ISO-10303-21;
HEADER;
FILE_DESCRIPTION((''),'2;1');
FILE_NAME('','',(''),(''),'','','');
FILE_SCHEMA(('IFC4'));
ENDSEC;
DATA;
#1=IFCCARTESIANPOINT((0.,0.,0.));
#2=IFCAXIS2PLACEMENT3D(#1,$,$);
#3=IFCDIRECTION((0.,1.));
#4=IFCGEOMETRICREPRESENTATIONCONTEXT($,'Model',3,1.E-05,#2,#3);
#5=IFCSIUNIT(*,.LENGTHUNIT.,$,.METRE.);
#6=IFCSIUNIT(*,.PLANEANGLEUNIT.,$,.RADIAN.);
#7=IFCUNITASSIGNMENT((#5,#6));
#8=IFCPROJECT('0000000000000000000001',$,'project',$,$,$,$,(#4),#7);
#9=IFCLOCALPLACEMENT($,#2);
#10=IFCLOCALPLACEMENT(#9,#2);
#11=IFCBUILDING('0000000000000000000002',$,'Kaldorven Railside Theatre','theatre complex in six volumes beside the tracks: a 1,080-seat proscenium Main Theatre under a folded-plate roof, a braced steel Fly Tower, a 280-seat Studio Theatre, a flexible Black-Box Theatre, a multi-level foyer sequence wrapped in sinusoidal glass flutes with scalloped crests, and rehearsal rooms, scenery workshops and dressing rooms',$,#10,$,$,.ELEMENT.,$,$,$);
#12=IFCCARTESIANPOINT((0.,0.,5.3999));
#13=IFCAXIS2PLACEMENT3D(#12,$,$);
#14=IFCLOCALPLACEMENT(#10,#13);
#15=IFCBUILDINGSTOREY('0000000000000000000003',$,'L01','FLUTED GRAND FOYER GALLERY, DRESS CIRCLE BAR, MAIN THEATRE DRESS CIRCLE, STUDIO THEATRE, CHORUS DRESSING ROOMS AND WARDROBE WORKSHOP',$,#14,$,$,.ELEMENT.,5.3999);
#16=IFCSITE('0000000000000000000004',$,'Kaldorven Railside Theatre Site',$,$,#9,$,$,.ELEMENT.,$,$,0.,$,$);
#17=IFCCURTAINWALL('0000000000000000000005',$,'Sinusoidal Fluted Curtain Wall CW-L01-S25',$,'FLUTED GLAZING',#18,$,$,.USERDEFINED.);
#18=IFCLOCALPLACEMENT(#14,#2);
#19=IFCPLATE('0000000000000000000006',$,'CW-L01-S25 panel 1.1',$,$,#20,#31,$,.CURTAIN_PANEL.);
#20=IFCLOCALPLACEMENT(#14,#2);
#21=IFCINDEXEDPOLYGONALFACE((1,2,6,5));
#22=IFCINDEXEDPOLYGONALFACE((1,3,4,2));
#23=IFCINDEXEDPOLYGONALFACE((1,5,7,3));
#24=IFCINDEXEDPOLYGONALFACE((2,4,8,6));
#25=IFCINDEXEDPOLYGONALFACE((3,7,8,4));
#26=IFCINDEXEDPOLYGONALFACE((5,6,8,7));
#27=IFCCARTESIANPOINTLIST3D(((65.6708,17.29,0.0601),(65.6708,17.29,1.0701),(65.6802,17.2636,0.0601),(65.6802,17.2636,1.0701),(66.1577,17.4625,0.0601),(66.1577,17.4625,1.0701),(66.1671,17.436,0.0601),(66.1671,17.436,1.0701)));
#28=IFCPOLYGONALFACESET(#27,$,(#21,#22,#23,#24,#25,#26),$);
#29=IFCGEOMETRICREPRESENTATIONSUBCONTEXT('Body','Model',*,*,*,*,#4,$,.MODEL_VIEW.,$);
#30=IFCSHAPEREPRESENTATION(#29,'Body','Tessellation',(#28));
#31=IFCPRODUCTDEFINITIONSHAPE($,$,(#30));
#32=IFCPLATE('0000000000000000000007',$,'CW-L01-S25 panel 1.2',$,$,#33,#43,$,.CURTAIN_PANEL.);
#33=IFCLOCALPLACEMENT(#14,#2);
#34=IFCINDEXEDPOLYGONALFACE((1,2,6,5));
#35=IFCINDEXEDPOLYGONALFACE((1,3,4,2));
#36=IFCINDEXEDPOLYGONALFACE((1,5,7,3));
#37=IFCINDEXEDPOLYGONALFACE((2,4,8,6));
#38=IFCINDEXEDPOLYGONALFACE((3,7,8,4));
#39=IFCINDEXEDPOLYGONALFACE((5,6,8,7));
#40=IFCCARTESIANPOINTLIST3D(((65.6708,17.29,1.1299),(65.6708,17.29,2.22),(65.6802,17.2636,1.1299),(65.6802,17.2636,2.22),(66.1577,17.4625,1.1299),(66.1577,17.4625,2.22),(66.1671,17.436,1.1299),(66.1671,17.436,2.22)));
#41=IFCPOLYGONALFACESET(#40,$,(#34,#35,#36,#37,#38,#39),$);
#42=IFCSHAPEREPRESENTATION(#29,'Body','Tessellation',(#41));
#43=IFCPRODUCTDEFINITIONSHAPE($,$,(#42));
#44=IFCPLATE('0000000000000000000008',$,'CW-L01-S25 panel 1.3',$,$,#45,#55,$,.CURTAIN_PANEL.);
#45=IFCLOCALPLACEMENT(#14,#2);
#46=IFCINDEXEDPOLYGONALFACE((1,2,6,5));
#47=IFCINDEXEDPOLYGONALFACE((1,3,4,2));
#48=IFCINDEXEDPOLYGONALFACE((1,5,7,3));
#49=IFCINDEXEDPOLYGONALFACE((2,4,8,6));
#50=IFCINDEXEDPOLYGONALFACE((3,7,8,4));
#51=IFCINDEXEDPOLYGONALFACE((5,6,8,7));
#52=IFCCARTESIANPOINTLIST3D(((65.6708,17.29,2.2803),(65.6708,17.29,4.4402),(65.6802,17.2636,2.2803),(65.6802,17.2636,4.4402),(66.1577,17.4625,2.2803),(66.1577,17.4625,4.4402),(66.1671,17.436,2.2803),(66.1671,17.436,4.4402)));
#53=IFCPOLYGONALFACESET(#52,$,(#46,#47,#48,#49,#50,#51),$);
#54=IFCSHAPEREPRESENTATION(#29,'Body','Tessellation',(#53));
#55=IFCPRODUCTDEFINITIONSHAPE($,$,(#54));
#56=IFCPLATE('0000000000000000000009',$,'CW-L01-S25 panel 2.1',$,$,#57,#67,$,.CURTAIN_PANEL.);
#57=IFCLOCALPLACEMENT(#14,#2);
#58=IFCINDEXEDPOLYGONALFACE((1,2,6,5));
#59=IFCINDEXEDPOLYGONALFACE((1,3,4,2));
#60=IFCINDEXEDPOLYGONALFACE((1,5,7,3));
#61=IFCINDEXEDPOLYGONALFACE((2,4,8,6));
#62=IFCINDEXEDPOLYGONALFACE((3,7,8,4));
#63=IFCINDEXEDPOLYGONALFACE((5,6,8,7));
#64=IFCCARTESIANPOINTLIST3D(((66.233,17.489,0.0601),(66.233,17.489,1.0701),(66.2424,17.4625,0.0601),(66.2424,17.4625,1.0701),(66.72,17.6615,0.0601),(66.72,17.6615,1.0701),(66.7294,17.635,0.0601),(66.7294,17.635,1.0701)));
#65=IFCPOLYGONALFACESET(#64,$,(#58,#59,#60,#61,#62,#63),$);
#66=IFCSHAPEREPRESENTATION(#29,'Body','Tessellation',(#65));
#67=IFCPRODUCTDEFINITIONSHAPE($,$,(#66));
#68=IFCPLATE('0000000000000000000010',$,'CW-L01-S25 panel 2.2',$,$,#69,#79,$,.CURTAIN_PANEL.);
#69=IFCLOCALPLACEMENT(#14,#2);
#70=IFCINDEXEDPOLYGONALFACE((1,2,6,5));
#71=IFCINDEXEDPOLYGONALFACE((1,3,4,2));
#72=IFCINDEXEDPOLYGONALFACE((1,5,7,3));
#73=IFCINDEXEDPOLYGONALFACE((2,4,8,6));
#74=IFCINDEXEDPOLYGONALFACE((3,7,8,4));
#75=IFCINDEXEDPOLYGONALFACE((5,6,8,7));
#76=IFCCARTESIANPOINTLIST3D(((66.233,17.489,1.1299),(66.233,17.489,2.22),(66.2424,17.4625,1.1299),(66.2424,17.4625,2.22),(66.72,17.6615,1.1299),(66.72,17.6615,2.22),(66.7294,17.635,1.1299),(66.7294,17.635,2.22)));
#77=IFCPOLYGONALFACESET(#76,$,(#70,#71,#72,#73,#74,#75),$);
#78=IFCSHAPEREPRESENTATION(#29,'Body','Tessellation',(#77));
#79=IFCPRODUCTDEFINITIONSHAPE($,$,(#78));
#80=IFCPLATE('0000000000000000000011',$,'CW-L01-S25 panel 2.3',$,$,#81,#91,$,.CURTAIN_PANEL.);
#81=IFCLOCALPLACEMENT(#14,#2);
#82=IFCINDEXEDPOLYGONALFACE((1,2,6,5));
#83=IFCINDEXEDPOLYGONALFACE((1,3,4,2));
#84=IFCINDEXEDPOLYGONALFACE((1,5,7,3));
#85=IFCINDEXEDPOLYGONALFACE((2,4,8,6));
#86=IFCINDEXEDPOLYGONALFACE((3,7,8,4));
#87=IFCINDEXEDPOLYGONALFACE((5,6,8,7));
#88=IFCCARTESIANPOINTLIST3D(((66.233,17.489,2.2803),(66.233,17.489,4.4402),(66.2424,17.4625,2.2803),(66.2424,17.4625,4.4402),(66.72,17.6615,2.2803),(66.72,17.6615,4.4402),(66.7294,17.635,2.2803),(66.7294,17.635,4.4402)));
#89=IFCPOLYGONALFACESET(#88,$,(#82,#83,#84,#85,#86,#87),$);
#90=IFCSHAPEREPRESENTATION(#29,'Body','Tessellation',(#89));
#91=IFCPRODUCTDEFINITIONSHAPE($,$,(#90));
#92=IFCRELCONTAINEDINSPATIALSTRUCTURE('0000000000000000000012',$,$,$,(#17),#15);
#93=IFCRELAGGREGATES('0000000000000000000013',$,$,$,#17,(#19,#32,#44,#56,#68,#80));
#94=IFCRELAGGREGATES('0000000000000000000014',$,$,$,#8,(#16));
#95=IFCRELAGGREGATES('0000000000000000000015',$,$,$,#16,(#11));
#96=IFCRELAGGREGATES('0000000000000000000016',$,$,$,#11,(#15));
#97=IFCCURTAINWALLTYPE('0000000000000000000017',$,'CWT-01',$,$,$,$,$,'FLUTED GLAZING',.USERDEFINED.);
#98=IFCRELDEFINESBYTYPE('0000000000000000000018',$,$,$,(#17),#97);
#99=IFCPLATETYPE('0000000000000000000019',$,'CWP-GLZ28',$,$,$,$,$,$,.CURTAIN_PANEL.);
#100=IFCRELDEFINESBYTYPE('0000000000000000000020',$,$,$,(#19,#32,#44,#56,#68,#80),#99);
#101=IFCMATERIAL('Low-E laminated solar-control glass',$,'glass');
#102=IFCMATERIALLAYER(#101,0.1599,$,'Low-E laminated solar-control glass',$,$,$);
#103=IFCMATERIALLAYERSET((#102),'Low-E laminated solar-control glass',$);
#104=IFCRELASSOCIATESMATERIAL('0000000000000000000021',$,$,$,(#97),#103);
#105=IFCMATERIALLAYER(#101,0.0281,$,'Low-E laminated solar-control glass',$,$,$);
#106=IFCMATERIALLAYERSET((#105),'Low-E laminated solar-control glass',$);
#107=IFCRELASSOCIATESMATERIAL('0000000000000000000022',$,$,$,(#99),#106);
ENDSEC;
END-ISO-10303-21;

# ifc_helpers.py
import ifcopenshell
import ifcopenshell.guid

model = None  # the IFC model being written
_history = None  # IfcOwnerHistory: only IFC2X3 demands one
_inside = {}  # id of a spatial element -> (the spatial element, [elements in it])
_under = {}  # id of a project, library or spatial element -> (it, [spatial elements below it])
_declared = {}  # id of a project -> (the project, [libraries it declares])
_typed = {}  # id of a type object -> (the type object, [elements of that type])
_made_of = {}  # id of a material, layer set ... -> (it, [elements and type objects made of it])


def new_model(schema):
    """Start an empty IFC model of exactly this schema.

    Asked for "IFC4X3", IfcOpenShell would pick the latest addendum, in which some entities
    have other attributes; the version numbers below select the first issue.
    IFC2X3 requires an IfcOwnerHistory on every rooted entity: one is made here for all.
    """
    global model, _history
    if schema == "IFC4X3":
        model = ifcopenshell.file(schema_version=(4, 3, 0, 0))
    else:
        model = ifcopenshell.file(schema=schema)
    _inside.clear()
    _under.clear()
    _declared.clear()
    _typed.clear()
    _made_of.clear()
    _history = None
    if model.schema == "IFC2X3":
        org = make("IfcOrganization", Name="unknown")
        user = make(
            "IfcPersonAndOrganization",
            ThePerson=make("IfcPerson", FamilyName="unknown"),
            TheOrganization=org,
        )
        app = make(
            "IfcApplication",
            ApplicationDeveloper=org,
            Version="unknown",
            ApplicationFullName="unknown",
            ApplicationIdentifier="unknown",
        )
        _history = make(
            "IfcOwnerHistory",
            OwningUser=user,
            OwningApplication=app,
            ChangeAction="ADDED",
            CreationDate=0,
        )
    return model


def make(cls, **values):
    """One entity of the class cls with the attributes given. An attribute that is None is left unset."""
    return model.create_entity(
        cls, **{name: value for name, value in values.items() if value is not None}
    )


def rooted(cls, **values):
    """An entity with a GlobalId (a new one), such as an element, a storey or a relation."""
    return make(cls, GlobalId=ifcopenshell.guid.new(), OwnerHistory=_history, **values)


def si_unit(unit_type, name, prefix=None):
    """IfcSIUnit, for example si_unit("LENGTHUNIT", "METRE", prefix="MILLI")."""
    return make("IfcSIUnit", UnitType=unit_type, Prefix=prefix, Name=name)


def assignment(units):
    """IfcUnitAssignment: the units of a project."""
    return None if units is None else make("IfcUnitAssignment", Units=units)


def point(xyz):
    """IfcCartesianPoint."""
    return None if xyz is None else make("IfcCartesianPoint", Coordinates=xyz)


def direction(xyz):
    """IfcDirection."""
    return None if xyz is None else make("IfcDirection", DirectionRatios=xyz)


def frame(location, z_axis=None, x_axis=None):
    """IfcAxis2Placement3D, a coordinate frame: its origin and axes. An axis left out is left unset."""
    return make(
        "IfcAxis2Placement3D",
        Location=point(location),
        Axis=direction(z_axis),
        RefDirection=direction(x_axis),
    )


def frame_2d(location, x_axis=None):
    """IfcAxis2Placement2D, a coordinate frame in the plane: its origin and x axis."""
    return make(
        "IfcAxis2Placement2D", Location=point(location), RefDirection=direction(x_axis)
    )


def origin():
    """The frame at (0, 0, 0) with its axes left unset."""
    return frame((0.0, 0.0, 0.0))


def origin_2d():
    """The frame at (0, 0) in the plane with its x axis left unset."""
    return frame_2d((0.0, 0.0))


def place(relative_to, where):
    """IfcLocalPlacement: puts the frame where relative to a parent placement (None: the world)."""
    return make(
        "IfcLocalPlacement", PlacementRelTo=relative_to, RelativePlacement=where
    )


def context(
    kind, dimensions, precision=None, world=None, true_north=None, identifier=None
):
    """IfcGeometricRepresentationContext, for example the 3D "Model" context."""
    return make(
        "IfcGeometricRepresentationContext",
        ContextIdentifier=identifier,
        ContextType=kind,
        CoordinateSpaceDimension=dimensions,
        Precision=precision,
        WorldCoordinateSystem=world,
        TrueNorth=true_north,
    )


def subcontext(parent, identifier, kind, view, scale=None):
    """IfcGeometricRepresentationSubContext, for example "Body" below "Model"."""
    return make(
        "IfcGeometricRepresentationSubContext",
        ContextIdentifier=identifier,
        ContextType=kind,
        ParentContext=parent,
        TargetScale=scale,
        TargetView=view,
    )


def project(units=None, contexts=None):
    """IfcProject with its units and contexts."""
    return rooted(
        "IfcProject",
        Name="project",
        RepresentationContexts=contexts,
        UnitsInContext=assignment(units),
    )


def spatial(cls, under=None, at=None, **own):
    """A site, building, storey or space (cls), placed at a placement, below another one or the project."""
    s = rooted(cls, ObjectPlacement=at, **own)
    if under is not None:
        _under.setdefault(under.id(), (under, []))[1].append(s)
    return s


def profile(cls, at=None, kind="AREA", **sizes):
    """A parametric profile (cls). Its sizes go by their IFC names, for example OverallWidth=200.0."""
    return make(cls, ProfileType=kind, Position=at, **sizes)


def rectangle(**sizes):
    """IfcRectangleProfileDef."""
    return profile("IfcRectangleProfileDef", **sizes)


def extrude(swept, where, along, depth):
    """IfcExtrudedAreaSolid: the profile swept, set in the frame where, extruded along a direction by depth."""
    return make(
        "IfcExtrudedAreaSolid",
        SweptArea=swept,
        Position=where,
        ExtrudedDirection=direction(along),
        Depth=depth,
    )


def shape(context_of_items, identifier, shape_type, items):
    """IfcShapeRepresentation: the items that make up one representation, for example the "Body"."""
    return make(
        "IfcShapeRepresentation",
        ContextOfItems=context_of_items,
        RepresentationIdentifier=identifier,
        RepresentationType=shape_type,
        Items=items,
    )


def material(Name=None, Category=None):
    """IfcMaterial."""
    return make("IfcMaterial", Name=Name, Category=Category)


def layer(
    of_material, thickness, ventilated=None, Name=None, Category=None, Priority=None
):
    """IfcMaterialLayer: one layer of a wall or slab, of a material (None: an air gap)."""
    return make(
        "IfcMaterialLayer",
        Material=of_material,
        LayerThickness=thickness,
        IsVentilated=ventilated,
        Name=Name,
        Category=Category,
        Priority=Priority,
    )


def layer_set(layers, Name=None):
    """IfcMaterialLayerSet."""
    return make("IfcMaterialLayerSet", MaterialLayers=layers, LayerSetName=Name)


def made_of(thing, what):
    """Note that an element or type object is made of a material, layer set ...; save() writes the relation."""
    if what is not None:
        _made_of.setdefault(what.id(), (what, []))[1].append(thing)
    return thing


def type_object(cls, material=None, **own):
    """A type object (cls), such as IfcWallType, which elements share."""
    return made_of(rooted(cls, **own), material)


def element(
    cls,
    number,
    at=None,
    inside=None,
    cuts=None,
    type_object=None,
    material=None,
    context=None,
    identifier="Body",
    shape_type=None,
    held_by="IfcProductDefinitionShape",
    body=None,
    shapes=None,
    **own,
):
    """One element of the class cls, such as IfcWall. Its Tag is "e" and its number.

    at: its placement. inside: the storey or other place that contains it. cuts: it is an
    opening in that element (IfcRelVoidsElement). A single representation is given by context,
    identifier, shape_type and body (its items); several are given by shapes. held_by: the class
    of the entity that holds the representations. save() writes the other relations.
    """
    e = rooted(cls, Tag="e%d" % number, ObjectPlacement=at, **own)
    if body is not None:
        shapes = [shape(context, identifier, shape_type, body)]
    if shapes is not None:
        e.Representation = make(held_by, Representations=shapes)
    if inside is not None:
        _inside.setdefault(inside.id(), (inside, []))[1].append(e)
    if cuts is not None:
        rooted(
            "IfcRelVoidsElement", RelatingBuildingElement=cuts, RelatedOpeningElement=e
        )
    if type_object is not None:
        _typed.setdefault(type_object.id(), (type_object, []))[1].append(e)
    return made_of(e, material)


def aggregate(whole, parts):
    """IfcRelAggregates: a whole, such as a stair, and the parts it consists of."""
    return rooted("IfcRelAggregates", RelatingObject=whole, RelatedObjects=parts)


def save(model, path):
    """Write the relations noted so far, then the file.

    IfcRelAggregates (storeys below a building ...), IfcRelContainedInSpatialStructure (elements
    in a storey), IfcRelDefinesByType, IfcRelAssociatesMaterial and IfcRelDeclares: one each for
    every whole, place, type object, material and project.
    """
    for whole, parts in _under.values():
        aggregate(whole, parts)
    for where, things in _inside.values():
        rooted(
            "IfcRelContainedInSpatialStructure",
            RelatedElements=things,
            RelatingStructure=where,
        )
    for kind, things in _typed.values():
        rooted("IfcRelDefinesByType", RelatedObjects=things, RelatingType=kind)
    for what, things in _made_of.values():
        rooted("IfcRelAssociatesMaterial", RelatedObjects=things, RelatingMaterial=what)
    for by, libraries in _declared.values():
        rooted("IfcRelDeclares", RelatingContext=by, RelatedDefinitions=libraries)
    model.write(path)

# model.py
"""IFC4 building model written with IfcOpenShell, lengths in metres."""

from ifc_helpers import new_model, si_unit, direction, frame, origin, origin_2d, place, context, subcontext, project, spatial, rectangle, extrude, material, layer, layer_set, type_object, element, aggregate, save


model = new_model("IFC4")

# Units and contexts
model_context = context("Model", 3, precision=1e-05, world=origin(), true_north=direction((0.0, 1.0)))
body_context = subcontext(model_context, "Body", "Model", "MODEL_VIEW")
ifc_project = project(units=[si_unit("LENGTHUNIT", "METRE"), si_unit("PLANEANGLEUNIT", "RADIAN")], contexts=[model_context])

# Site, building, storey
site_placement = place(None, origin())
site = spatial("IfcSite", under=ifc_project, at=site_placement, Name="Kaldorven Railside Theatre Site", CompositionType="ELEMENT", RefElevation=0.0)
building_placement = place(site_placement, origin())
building = spatial("IfcBuilding", under=site, at=building_placement, Name="Kaldorven Railside Theatre", Description="theatre complex in six volumes beside the tracks: a 1,080-seat proscenium Main Theatre under a folded-plate roof, a braced steel Fly Tower, a 280-seat Studio Theatre, a flexible Black-Box Theatre, a multi-level foyer sequence wrapped in sinusoidal glass flutes with scalloped crests, and rehearsal rooms, scenery workshops and dressing rooms", CompositionType="ELEMENT")
storey_placement = place(building_placement, frame((0.0, 0.0, 5.3999)))
storey = spatial("IfcBuildingStorey", under=building, at=storey_placement, Name="L01", Description="FLUTED GRAND FOYER GALLERY, DRESS CIRCLE BAR, MAIN THEATRE DRESS CIRCLE, STUDIO THEATRE, CHORUS DRESSING ROOMS AND WARDROBE WORKSHOP", CompositionType="ELEMENT", Elevation=5.3999)

# Curtain wall
ifc_material_1 = material(Name="Low-E laminated solar-control glass", Category="glass")
ifc_layer_1 = layer(ifc_material_1, 0.1599, Name="Low-E laminated solar-control glass")
ifc_layer_set_1 = layer_set([ifc_layer_1], Name="Low-E laminated solar-control glass")
curtain_wall_type = type_object("IfcCurtainWallType", Name="CWT-01", ElementType="FLUTED GLAZING", PredefinedType="USERDEFINED", material=ifc_layer_set_1)
curtain_wall_1_placement = place(storey_placement, origin())
curtain_wall_1 = element("IfcCurtainWall", 1, at=curtain_wall_1_placement, inside=storey, type_object=curtain_wall_type, Name="Sinusoidal Fluted Curtain Wall CW-L01-S25", ObjectType="FLUTED GLAZING", PredefinedType="USERDEFINED")

# Plates
ifc_layer_2 = layer(ifc_material_1, 0.0281, Name="Low-E laminated solar-control glass")
ifc_layer_set_2 = layer_set([ifc_layer_2], Name="Low-E laminated solar-control glass")
plate_type = type_object("IfcPlateType", Name="CWP-GLZ28", PredefinedType="CURTAIN_PANEL", material=ifc_layer_set_2)
plate_1_placement = place(storey_placement, frame((65.9189, 17.363, 0.0601), z_axis=(0.0, 0.0, 1.0), x_axis=(0.942627, 0.333847, 0.0)))
plate_1 = element("IfcPlate", 2, at=plate_1_placement, type_object=plate_type, Name="CW-L01-S25 panel 1.1", PredefinedType="CURTAIN_PANEL", context=body_context, shape_type="SweptSolid", body=[
    extrude(rectangle(XDim=0.5166, YDim=0.0281, at=origin_2d()), origin(), (0.0, 0.0, 1.0), 1.01),
])
plate_2_placement = place(storey_placement, frame((65.9189, 17.363, 1.1299), z_axis=(0.0, 0.0, 1.0), x_axis=(0.942627, 0.333847, 0.0)))
plate_2 = element("IfcPlate", 3, at=plate_2_placement, type_object=plate_type, Name="CW-L01-S25 panel 1.2", PredefinedType="CURTAIN_PANEL", context=body_context, shape_type="SweptSolid", body=[
    extrude(rectangle(XDim=0.5166, YDim=0.0281, at=origin_2d()), origin(), (0.0, 0.0, 1.0), 1.0901),
])
plate_3_placement = place(storey_placement, frame((65.9189, 17.363, 2.2803), z_axis=(0.0, 0.0, 1.0), x_axis=(0.942627, 0.333847, 0.0)))
plate_3 = element("IfcPlate", 4, at=plate_3_placement, type_object=plate_type, Name="CW-L01-S25 panel 1.3", PredefinedType="CURTAIN_PANEL", context=body_context, shape_type="SweptSolid", body=[
    extrude(rectangle(XDim=0.5166, YDim=0.0281, at=origin_2d()), origin(), (0.0, 0.0, 1.0), 2.1599),
])
plate_4_placement = place(storey_placement, frame((66.4812, 17.562, 0.0601), z_axis=(0.0, 0.0, 1.0), x_axis=(0.942627, 0.333847, 0.0)))
plate_4 = element("IfcPlate", 5, at=plate_4_placement, type_object=plate_type, Name="CW-L01-S25 panel 2.1", PredefinedType="CURTAIN_PANEL", context=body_context, shape_type="SweptSolid", body=[
    extrude(rectangle(XDim=0.5166, YDim=0.0281, at=origin_2d()), origin(), (0.0, 0.0, 1.0), 1.01),
])
plate_5_placement = place(storey_placement, frame((66.4812, 17.562, 1.1299), z_axis=(0.0, 0.0, 1.0), x_axis=(0.942627, 0.333847, 0.0)))
plate_5 = element("IfcPlate", 6, at=plate_5_placement, type_object=plate_type, Name="CW-L01-S25 panel 2.2", PredefinedType="CURTAIN_PANEL", context=body_context, shape_type="SweptSolid", body=[
    extrude(rectangle(XDim=0.5166, YDim=0.0281, at=origin_2d()), origin(), (0.0, 0.0, 1.0), 1.0901),
])
plate_6_placement = place(storey_placement, frame((66.4812, 17.562, 2.2803), z_axis=(0.0, 0.0, 1.0), x_axis=(0.942627, 0.333847, 0.0)))
plate_6 = element("IfcPlate", 7, at=plate_6_placement, type_object=plate_type, Name="CW-L01-S25 panel 2.3", PredefinedType="CURTAIN_PANEL", context=body_context, shape_type="SweptSolid", body=[
    extrude(rectangle(XDim=0.5166, YDim=0.0281, at=origin_2d()), origin(), (0.0, 0.0, 1.0), 2.1599),
])
aggregate(curtain_wall_1, [plate_1, plate_2, plate_3, plate_4, plate_5, plate_6])

save(model, "model.ifc")
